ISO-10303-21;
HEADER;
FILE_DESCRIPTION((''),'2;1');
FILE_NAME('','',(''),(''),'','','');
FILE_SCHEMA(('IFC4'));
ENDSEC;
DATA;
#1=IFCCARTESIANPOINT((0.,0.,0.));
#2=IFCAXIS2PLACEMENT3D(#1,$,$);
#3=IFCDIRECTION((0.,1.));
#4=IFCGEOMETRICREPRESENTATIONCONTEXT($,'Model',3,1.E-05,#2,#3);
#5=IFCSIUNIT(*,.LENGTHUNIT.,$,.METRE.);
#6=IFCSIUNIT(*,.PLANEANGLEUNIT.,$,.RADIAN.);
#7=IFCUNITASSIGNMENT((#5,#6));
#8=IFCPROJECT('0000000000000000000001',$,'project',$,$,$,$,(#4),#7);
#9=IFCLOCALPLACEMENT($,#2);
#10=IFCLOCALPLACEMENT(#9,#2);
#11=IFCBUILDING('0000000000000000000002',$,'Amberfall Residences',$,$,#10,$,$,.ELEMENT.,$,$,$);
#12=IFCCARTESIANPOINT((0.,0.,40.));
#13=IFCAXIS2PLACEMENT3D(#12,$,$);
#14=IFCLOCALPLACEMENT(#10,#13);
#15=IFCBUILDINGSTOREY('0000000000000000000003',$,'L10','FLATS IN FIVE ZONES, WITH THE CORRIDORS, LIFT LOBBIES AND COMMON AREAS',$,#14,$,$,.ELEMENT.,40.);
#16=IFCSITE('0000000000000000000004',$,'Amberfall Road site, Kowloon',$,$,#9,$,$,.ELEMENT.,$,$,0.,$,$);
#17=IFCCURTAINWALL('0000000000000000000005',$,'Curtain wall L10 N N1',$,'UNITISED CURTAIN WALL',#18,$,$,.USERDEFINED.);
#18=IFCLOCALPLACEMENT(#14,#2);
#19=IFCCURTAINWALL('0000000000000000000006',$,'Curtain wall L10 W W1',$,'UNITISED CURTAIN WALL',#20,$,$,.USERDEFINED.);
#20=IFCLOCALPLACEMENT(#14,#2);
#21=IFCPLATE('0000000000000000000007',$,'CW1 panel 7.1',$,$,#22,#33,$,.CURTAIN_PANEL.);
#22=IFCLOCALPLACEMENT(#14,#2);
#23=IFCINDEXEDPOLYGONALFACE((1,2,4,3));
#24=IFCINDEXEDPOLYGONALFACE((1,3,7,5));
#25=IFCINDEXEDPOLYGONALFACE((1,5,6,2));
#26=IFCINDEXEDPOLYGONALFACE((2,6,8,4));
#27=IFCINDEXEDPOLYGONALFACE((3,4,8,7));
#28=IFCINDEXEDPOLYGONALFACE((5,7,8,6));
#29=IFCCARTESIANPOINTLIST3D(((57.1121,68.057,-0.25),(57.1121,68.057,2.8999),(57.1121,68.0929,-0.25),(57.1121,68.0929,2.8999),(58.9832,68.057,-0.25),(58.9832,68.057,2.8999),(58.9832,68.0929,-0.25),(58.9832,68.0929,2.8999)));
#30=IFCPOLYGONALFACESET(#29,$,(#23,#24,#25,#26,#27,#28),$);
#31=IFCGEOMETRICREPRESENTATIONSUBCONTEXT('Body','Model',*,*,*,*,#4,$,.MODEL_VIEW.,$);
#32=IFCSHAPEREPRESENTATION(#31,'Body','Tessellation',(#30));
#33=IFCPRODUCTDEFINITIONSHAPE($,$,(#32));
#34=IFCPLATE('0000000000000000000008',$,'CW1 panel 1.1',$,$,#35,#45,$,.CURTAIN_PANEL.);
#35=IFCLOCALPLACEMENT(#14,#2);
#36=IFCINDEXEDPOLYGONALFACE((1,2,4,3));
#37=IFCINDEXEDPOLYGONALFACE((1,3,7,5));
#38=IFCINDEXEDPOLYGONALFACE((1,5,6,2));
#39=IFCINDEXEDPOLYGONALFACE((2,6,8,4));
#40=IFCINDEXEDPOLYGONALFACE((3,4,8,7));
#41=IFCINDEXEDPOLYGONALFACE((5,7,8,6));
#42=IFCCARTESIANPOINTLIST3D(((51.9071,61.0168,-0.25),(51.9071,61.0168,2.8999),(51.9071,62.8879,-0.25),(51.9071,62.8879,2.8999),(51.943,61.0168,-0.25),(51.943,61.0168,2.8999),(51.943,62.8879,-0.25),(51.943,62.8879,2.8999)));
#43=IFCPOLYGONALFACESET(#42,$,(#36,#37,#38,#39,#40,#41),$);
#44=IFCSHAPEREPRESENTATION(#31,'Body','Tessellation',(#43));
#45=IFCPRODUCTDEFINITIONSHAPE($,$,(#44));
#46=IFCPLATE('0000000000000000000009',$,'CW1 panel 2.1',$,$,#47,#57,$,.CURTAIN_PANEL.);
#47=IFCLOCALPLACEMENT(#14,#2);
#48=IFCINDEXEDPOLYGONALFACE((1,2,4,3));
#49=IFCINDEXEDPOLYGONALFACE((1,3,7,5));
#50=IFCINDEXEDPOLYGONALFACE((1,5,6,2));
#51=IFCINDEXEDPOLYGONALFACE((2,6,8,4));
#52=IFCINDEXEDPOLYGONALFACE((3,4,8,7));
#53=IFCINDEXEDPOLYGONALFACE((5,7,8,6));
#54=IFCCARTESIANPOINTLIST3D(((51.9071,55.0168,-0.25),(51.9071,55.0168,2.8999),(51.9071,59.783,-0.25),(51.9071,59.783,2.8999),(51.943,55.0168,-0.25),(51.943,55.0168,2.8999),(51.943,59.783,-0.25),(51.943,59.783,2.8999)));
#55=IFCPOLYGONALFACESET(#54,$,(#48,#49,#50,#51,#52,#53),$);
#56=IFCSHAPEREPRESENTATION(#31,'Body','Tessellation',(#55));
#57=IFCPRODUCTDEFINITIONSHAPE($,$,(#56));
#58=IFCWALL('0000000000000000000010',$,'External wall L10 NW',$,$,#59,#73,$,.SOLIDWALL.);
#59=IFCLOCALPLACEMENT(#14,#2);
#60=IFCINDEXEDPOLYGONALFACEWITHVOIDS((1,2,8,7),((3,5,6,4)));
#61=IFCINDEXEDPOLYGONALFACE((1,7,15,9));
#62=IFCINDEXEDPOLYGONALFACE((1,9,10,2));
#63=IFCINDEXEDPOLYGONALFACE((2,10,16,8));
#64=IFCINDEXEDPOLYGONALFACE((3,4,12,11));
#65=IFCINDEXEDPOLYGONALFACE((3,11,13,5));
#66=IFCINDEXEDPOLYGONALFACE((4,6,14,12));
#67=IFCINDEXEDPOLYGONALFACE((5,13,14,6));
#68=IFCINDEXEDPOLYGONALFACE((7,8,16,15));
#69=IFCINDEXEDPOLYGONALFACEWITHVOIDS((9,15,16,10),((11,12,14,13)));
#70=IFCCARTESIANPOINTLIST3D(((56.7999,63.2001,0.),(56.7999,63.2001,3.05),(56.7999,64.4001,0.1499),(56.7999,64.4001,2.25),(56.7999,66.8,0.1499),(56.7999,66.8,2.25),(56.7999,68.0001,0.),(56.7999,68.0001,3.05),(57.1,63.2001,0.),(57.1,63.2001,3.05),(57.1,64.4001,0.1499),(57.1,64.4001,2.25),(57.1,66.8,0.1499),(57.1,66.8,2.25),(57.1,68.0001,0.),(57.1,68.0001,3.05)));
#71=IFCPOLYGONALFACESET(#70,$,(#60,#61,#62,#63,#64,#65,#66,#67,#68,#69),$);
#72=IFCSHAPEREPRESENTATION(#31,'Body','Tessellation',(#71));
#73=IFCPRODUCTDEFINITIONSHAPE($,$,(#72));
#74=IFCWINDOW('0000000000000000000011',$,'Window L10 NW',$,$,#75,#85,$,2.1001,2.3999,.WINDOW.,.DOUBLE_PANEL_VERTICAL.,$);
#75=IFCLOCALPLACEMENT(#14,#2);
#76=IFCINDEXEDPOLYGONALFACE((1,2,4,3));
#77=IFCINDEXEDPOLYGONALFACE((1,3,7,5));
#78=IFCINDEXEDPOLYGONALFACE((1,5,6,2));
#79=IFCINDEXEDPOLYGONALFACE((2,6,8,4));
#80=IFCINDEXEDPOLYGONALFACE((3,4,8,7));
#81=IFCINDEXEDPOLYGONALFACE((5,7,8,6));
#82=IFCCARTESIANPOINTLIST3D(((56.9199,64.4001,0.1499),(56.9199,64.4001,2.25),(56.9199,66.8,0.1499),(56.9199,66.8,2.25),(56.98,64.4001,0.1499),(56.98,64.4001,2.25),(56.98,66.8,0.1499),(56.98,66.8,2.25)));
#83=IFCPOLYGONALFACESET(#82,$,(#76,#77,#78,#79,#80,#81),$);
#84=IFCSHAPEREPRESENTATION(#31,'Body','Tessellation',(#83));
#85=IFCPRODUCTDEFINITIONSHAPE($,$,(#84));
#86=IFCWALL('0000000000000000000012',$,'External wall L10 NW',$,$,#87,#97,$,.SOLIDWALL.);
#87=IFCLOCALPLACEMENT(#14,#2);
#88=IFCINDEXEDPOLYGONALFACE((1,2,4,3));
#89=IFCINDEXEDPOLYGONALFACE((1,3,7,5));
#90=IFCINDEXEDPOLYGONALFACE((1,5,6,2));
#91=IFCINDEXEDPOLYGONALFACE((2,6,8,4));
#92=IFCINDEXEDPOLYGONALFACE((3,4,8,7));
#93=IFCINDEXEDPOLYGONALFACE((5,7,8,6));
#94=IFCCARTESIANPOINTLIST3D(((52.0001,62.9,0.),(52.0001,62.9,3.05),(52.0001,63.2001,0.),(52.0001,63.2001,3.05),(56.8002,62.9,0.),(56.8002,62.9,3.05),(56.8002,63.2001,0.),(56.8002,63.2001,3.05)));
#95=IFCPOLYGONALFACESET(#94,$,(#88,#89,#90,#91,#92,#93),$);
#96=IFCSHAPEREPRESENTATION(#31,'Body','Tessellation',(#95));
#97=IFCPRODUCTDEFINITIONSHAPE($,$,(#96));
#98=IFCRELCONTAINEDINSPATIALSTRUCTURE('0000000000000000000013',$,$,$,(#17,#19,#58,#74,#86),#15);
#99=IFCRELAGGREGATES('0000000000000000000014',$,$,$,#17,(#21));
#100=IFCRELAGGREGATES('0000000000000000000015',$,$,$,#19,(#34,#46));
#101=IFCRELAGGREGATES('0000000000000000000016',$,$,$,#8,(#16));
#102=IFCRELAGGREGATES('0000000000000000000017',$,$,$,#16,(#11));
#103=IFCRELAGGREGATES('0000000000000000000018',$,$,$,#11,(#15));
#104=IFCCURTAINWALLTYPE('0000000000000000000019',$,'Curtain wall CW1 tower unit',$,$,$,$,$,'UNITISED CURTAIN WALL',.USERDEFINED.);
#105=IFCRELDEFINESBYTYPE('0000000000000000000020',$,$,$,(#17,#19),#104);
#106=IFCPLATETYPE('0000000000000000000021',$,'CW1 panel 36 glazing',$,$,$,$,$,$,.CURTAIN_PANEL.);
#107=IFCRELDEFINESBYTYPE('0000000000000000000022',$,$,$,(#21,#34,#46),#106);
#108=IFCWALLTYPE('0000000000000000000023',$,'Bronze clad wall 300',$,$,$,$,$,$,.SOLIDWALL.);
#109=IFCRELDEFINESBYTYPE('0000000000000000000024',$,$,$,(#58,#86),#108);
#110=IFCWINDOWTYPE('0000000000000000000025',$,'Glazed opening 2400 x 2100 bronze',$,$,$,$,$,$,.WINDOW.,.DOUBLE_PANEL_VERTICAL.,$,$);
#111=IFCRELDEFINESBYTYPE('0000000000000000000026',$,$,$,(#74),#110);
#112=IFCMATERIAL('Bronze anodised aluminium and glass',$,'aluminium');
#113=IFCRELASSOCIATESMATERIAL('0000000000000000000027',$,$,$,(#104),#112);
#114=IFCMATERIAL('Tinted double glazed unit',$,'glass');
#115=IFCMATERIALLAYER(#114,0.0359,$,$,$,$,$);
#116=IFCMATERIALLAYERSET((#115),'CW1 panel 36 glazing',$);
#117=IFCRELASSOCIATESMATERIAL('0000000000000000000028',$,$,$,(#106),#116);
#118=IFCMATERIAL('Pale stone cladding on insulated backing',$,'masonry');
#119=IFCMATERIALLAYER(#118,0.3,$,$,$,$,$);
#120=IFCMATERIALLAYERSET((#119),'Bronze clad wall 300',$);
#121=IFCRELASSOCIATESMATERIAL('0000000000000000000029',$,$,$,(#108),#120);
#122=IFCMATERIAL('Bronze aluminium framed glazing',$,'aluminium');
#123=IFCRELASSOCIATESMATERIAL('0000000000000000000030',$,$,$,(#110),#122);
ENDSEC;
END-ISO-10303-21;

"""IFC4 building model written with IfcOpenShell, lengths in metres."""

from ifc_helpers import new_model, si_unit, direction, frame, frame_2d, origin, origin_2d, place, context, subcontext, project, spatial, rectangle, extrude, material, layer, layer_set, type_object, element, fill, aggregate, save


model = new_model("IFC4")

# Units and contexts
model_context = context("Model", 3, precision=1e-05, world=origin(), true_north=direction((0.0, 1.0)))
body_context = subcontext(model_context, "Body", "Model", "MODEL_VIEW")
ifc_project = project(units=[si_unit("LENGTHUNIT", "METRE"), si_unit("PLANEANGLEUNIT", "RADIAN")], contexts=[model_context])

# Site, building, storey
site_placement = place(None, origin())
site = spatial("IfcSite", under=ifc_project, at=site_placement, Name="Amberfall Road site, Kowloon", CompositionType="ELEMENT", RefElevation=0.0)
building_placement = place(site_placement, origin())
building = spatial("IfcBuilding", under=site, at=building_placement, Name="Amberfall Residences", CompositionType="ELEMENT")
storey_placement = place(building_placement, frame((0.0, 0.0, 40.0)))
storey = spatial("IfcBuildingStorey", under=building, at=storey_placement, Name="L10", Description="FLATS IN FIVE ZONES, WITH THE CORRIDORS, LIFT LOBBIES AND COMMON AREAS", CompositionType="ELEMENT", Elevation=40.0)

# Curtain wall
ifc_material_1 = material(Name="Bronze anodised aluminium and glass", Category="aluminium")
curtain_wall_type = type_object("IfcCurtainWallType", Name="Curtain wall CW1 tower unit", ElementType="UNITISED CURTAIN WALL", PredefinedType="USERDEFINED", material=ifc_material_1)
curtain_wall_1_placement = place(storey_placement, origin())
curtain_wall_1 = element("IfcCurtainWall", 1, at=curtain_wall_1_placement, inside=storey, type_object=curtain_wall_type, Name="Curtain wall L10 N N1", ObjectType="UNITISED CURTAIN WALL", PredefinedType="USERDEFINED")

# Curtain wall
curtain_wall_2_placement = place(storey_placement, origin())
curtain_wall_2 = element("IfcCurtainWall", 2, at=curtain_wall_2_placement, inside=storey, type_object=curtain_wall_type, Name="Curtain wall L10 W W1", ObjectType="UNITISED CURTAIN WALL", PredefinedType="USERDEFINED")

# Plates
ifc_material_2 = material(Name="Tinted double glazed unit", Category="glass")
ifc_layer_1 = layer(ifc_material_2, 0.0359)
ifc_layer_set_1 = layer_set([ifc_layer_1], Name="CW1 panel 36 glazing")
plate_type = type_object("IfcPlateType", Name="CW1 panel 36 glazing", PredefinedType="CURTAIN_PANEL", material=ifc_layer_set_1)
plate_1_placement = place(storey_placement, frame((58.0476, 68.075, -0.25), z_axis=(0.0, 0.0, 1.0), x_axis=(-1.0, 0.0, 0.0)))
plate_1 = element("IfcPlate", 3, at=plate_1_placement, type_object=plate_type, Name="CW1 panel 7.1", PredefinedType="CURTAIN_PANEL", context=body_context, shape_type="SweptSolid", body=[
    extrude(rectangle(XDim=1.8711, YDim=0.0359, at=origin_2d()), origin(), (0.0, 0.0, 1.0), 3.1499),
])
aggregate(curtain_wall_1, [plate_1])
plate_2_placement = place(storey_placement, frame((51.925, 61.9524, -0.25), z_axis=(0.0, 0.0, 1.0), x_axis=(0.0, -1.0, 0.0)))
plate_2 = element("IfcPlate", 4, at=plate_2_placement, type_object=plate_type, Name="CW1 panel 1.1", PredefinedType="CURTAIN_PANEL", context=body_context, shape_type="SweptSolid", body=[
    extrude(rectangle(XDim=1.8711, YDim=0.0359, at=origin_2d()), origin(), (0.0, 0.0, 1.0), 3.1499),
])
plate_3_placement = place(storey_placement, frame((51.925, 57.3999, -0.25), z_axis=(0.0, 0.0, 1.0), x_axis=(0.0, -1.0, 0.0)))
plate_3 = element("IfcPlate", 5, at=plate_3_placement, type_object=plate_type, Name="CW1 panel 2.1", PredefinedType="CURTAIN_PANEL", context=body_context, shape_type="SweptSolid", body=[
    extrude(rectangle(XDim=4.7661, YDim=0.0359, at=origin_2d()), origin(), (0.0, 0.0, 1.0), 3.1499),
])
aggregate(curtain_wall_2, [plate_2, plate_3])

# Wall, opening, window
ifc_material_3 = material(Name="Pale stone cladding on insulated backing", Category="masonry")
ifc_layer_2 = layer(ifc_material_3, 0.3)
ifc_layer_set_2 = layer_set([ifc_layer_2], Name="Bronze clad wall 300")
wall_type = type_object("IfcWallType", Name="Bronze clad wall 300", PredefinedType="SOLIDWALL", material=ifc_layer_set_2)
wall_1_placement = place(storey_placement, frame((56.95, 68.0, 0.0), z_axis=(0.0, 0.0, 1.0), x_axis=(0.0, -1.0, 0.0)))
wall_1 = element("IfcWall", 6, at=wall_1_placement, inside=storey, type_object=wall_type, Name="External wall L10 NW", PredefinedType="SOLIDWALL", context=body_context, shape_type="SweptSolid", body=[
    extrude(rectangle(XDim=4.8, YDim=0.3, at=frame_2d((2.3999, 0.0))), origin(), (0.0, 0.0, 1.0), 3.05),
])
opening_placement = place(wall_1_placement, frame((1.2, 0.0, 0.1499)))
opening = element("IfcOpeningElement", 7, at=opening_placement, cuts=wall_1, PredefinedType="OPENING", context=body_context, shape_type="SweptSolid", body=[
    extrude(rectangle(XDim=2.3999, YDim=2.1001, at=frame_2d((1.2, 1.05))), frame((0.0, 0.1599, 0.0), z_axis=(0.0, -1.0, 0.0), x_axis=(1.0, 0.0, 0.0)), (0.0, 0.0, 1.0), 0.3201),
])
ifc_material_4 = material(Name="Bronze aluminium framed glazing", Category="aluminium")
window_type = type_object("IfcWindowType", Name="Glazed opening 2400 x 2100 bronze", PartitioningType="DOUBLE_PANEL_VERTICAL", PredefinedType="WINDOW", material=ifc_material_4)
window_placement = place(opening_placement, origin())
window = element("IfcWindow", 8, at=window_placement, inside=storey, type_object=window_type, Name="Window L10 NW", OverallHeight=2.1001, OverallWidth=2.3999, PartitioningType="DOUBLE_PANEL_VERTICAL", PredefinedType="WINDOW", context=body_context, shape_type="SweptSolid", body=[
    extrude(rectangle(XDim=2.3999, YDim=2.1001, at=frame_2d((1.2, 1.05))), frame((0.0, 0.03, 0.0), z_axis=(0.0, -1.0, 0.0), x_axis=(1.0, 0.0, 0.0)), (0.0, 0.0, 1.0), 0.0601),
])
fill(opening, window)

# Wall
wall_2_placement = place(storey_placement, frame((56.8, 63.05, 0.0), z_axis=(0.0, 0.0, 1.0), x_axis=(-1.0, 0.0, 0.0)))
element("IfcWall", 9, at=wall_2_placement, inside=storey, type_object=wall_type, Name="External wall L10 NW", PredefinedType="SOLIDWALL", context=body_context, shape_type="SweptSolid", body=[
    extrude(rectangle(XDim=4.8, YDim=0.3, at=frame_2d((2.3999, 0.0))), origin(), (0.0, 0.0, 1.0), 3.05),
])

save(model, "model.ifc")
